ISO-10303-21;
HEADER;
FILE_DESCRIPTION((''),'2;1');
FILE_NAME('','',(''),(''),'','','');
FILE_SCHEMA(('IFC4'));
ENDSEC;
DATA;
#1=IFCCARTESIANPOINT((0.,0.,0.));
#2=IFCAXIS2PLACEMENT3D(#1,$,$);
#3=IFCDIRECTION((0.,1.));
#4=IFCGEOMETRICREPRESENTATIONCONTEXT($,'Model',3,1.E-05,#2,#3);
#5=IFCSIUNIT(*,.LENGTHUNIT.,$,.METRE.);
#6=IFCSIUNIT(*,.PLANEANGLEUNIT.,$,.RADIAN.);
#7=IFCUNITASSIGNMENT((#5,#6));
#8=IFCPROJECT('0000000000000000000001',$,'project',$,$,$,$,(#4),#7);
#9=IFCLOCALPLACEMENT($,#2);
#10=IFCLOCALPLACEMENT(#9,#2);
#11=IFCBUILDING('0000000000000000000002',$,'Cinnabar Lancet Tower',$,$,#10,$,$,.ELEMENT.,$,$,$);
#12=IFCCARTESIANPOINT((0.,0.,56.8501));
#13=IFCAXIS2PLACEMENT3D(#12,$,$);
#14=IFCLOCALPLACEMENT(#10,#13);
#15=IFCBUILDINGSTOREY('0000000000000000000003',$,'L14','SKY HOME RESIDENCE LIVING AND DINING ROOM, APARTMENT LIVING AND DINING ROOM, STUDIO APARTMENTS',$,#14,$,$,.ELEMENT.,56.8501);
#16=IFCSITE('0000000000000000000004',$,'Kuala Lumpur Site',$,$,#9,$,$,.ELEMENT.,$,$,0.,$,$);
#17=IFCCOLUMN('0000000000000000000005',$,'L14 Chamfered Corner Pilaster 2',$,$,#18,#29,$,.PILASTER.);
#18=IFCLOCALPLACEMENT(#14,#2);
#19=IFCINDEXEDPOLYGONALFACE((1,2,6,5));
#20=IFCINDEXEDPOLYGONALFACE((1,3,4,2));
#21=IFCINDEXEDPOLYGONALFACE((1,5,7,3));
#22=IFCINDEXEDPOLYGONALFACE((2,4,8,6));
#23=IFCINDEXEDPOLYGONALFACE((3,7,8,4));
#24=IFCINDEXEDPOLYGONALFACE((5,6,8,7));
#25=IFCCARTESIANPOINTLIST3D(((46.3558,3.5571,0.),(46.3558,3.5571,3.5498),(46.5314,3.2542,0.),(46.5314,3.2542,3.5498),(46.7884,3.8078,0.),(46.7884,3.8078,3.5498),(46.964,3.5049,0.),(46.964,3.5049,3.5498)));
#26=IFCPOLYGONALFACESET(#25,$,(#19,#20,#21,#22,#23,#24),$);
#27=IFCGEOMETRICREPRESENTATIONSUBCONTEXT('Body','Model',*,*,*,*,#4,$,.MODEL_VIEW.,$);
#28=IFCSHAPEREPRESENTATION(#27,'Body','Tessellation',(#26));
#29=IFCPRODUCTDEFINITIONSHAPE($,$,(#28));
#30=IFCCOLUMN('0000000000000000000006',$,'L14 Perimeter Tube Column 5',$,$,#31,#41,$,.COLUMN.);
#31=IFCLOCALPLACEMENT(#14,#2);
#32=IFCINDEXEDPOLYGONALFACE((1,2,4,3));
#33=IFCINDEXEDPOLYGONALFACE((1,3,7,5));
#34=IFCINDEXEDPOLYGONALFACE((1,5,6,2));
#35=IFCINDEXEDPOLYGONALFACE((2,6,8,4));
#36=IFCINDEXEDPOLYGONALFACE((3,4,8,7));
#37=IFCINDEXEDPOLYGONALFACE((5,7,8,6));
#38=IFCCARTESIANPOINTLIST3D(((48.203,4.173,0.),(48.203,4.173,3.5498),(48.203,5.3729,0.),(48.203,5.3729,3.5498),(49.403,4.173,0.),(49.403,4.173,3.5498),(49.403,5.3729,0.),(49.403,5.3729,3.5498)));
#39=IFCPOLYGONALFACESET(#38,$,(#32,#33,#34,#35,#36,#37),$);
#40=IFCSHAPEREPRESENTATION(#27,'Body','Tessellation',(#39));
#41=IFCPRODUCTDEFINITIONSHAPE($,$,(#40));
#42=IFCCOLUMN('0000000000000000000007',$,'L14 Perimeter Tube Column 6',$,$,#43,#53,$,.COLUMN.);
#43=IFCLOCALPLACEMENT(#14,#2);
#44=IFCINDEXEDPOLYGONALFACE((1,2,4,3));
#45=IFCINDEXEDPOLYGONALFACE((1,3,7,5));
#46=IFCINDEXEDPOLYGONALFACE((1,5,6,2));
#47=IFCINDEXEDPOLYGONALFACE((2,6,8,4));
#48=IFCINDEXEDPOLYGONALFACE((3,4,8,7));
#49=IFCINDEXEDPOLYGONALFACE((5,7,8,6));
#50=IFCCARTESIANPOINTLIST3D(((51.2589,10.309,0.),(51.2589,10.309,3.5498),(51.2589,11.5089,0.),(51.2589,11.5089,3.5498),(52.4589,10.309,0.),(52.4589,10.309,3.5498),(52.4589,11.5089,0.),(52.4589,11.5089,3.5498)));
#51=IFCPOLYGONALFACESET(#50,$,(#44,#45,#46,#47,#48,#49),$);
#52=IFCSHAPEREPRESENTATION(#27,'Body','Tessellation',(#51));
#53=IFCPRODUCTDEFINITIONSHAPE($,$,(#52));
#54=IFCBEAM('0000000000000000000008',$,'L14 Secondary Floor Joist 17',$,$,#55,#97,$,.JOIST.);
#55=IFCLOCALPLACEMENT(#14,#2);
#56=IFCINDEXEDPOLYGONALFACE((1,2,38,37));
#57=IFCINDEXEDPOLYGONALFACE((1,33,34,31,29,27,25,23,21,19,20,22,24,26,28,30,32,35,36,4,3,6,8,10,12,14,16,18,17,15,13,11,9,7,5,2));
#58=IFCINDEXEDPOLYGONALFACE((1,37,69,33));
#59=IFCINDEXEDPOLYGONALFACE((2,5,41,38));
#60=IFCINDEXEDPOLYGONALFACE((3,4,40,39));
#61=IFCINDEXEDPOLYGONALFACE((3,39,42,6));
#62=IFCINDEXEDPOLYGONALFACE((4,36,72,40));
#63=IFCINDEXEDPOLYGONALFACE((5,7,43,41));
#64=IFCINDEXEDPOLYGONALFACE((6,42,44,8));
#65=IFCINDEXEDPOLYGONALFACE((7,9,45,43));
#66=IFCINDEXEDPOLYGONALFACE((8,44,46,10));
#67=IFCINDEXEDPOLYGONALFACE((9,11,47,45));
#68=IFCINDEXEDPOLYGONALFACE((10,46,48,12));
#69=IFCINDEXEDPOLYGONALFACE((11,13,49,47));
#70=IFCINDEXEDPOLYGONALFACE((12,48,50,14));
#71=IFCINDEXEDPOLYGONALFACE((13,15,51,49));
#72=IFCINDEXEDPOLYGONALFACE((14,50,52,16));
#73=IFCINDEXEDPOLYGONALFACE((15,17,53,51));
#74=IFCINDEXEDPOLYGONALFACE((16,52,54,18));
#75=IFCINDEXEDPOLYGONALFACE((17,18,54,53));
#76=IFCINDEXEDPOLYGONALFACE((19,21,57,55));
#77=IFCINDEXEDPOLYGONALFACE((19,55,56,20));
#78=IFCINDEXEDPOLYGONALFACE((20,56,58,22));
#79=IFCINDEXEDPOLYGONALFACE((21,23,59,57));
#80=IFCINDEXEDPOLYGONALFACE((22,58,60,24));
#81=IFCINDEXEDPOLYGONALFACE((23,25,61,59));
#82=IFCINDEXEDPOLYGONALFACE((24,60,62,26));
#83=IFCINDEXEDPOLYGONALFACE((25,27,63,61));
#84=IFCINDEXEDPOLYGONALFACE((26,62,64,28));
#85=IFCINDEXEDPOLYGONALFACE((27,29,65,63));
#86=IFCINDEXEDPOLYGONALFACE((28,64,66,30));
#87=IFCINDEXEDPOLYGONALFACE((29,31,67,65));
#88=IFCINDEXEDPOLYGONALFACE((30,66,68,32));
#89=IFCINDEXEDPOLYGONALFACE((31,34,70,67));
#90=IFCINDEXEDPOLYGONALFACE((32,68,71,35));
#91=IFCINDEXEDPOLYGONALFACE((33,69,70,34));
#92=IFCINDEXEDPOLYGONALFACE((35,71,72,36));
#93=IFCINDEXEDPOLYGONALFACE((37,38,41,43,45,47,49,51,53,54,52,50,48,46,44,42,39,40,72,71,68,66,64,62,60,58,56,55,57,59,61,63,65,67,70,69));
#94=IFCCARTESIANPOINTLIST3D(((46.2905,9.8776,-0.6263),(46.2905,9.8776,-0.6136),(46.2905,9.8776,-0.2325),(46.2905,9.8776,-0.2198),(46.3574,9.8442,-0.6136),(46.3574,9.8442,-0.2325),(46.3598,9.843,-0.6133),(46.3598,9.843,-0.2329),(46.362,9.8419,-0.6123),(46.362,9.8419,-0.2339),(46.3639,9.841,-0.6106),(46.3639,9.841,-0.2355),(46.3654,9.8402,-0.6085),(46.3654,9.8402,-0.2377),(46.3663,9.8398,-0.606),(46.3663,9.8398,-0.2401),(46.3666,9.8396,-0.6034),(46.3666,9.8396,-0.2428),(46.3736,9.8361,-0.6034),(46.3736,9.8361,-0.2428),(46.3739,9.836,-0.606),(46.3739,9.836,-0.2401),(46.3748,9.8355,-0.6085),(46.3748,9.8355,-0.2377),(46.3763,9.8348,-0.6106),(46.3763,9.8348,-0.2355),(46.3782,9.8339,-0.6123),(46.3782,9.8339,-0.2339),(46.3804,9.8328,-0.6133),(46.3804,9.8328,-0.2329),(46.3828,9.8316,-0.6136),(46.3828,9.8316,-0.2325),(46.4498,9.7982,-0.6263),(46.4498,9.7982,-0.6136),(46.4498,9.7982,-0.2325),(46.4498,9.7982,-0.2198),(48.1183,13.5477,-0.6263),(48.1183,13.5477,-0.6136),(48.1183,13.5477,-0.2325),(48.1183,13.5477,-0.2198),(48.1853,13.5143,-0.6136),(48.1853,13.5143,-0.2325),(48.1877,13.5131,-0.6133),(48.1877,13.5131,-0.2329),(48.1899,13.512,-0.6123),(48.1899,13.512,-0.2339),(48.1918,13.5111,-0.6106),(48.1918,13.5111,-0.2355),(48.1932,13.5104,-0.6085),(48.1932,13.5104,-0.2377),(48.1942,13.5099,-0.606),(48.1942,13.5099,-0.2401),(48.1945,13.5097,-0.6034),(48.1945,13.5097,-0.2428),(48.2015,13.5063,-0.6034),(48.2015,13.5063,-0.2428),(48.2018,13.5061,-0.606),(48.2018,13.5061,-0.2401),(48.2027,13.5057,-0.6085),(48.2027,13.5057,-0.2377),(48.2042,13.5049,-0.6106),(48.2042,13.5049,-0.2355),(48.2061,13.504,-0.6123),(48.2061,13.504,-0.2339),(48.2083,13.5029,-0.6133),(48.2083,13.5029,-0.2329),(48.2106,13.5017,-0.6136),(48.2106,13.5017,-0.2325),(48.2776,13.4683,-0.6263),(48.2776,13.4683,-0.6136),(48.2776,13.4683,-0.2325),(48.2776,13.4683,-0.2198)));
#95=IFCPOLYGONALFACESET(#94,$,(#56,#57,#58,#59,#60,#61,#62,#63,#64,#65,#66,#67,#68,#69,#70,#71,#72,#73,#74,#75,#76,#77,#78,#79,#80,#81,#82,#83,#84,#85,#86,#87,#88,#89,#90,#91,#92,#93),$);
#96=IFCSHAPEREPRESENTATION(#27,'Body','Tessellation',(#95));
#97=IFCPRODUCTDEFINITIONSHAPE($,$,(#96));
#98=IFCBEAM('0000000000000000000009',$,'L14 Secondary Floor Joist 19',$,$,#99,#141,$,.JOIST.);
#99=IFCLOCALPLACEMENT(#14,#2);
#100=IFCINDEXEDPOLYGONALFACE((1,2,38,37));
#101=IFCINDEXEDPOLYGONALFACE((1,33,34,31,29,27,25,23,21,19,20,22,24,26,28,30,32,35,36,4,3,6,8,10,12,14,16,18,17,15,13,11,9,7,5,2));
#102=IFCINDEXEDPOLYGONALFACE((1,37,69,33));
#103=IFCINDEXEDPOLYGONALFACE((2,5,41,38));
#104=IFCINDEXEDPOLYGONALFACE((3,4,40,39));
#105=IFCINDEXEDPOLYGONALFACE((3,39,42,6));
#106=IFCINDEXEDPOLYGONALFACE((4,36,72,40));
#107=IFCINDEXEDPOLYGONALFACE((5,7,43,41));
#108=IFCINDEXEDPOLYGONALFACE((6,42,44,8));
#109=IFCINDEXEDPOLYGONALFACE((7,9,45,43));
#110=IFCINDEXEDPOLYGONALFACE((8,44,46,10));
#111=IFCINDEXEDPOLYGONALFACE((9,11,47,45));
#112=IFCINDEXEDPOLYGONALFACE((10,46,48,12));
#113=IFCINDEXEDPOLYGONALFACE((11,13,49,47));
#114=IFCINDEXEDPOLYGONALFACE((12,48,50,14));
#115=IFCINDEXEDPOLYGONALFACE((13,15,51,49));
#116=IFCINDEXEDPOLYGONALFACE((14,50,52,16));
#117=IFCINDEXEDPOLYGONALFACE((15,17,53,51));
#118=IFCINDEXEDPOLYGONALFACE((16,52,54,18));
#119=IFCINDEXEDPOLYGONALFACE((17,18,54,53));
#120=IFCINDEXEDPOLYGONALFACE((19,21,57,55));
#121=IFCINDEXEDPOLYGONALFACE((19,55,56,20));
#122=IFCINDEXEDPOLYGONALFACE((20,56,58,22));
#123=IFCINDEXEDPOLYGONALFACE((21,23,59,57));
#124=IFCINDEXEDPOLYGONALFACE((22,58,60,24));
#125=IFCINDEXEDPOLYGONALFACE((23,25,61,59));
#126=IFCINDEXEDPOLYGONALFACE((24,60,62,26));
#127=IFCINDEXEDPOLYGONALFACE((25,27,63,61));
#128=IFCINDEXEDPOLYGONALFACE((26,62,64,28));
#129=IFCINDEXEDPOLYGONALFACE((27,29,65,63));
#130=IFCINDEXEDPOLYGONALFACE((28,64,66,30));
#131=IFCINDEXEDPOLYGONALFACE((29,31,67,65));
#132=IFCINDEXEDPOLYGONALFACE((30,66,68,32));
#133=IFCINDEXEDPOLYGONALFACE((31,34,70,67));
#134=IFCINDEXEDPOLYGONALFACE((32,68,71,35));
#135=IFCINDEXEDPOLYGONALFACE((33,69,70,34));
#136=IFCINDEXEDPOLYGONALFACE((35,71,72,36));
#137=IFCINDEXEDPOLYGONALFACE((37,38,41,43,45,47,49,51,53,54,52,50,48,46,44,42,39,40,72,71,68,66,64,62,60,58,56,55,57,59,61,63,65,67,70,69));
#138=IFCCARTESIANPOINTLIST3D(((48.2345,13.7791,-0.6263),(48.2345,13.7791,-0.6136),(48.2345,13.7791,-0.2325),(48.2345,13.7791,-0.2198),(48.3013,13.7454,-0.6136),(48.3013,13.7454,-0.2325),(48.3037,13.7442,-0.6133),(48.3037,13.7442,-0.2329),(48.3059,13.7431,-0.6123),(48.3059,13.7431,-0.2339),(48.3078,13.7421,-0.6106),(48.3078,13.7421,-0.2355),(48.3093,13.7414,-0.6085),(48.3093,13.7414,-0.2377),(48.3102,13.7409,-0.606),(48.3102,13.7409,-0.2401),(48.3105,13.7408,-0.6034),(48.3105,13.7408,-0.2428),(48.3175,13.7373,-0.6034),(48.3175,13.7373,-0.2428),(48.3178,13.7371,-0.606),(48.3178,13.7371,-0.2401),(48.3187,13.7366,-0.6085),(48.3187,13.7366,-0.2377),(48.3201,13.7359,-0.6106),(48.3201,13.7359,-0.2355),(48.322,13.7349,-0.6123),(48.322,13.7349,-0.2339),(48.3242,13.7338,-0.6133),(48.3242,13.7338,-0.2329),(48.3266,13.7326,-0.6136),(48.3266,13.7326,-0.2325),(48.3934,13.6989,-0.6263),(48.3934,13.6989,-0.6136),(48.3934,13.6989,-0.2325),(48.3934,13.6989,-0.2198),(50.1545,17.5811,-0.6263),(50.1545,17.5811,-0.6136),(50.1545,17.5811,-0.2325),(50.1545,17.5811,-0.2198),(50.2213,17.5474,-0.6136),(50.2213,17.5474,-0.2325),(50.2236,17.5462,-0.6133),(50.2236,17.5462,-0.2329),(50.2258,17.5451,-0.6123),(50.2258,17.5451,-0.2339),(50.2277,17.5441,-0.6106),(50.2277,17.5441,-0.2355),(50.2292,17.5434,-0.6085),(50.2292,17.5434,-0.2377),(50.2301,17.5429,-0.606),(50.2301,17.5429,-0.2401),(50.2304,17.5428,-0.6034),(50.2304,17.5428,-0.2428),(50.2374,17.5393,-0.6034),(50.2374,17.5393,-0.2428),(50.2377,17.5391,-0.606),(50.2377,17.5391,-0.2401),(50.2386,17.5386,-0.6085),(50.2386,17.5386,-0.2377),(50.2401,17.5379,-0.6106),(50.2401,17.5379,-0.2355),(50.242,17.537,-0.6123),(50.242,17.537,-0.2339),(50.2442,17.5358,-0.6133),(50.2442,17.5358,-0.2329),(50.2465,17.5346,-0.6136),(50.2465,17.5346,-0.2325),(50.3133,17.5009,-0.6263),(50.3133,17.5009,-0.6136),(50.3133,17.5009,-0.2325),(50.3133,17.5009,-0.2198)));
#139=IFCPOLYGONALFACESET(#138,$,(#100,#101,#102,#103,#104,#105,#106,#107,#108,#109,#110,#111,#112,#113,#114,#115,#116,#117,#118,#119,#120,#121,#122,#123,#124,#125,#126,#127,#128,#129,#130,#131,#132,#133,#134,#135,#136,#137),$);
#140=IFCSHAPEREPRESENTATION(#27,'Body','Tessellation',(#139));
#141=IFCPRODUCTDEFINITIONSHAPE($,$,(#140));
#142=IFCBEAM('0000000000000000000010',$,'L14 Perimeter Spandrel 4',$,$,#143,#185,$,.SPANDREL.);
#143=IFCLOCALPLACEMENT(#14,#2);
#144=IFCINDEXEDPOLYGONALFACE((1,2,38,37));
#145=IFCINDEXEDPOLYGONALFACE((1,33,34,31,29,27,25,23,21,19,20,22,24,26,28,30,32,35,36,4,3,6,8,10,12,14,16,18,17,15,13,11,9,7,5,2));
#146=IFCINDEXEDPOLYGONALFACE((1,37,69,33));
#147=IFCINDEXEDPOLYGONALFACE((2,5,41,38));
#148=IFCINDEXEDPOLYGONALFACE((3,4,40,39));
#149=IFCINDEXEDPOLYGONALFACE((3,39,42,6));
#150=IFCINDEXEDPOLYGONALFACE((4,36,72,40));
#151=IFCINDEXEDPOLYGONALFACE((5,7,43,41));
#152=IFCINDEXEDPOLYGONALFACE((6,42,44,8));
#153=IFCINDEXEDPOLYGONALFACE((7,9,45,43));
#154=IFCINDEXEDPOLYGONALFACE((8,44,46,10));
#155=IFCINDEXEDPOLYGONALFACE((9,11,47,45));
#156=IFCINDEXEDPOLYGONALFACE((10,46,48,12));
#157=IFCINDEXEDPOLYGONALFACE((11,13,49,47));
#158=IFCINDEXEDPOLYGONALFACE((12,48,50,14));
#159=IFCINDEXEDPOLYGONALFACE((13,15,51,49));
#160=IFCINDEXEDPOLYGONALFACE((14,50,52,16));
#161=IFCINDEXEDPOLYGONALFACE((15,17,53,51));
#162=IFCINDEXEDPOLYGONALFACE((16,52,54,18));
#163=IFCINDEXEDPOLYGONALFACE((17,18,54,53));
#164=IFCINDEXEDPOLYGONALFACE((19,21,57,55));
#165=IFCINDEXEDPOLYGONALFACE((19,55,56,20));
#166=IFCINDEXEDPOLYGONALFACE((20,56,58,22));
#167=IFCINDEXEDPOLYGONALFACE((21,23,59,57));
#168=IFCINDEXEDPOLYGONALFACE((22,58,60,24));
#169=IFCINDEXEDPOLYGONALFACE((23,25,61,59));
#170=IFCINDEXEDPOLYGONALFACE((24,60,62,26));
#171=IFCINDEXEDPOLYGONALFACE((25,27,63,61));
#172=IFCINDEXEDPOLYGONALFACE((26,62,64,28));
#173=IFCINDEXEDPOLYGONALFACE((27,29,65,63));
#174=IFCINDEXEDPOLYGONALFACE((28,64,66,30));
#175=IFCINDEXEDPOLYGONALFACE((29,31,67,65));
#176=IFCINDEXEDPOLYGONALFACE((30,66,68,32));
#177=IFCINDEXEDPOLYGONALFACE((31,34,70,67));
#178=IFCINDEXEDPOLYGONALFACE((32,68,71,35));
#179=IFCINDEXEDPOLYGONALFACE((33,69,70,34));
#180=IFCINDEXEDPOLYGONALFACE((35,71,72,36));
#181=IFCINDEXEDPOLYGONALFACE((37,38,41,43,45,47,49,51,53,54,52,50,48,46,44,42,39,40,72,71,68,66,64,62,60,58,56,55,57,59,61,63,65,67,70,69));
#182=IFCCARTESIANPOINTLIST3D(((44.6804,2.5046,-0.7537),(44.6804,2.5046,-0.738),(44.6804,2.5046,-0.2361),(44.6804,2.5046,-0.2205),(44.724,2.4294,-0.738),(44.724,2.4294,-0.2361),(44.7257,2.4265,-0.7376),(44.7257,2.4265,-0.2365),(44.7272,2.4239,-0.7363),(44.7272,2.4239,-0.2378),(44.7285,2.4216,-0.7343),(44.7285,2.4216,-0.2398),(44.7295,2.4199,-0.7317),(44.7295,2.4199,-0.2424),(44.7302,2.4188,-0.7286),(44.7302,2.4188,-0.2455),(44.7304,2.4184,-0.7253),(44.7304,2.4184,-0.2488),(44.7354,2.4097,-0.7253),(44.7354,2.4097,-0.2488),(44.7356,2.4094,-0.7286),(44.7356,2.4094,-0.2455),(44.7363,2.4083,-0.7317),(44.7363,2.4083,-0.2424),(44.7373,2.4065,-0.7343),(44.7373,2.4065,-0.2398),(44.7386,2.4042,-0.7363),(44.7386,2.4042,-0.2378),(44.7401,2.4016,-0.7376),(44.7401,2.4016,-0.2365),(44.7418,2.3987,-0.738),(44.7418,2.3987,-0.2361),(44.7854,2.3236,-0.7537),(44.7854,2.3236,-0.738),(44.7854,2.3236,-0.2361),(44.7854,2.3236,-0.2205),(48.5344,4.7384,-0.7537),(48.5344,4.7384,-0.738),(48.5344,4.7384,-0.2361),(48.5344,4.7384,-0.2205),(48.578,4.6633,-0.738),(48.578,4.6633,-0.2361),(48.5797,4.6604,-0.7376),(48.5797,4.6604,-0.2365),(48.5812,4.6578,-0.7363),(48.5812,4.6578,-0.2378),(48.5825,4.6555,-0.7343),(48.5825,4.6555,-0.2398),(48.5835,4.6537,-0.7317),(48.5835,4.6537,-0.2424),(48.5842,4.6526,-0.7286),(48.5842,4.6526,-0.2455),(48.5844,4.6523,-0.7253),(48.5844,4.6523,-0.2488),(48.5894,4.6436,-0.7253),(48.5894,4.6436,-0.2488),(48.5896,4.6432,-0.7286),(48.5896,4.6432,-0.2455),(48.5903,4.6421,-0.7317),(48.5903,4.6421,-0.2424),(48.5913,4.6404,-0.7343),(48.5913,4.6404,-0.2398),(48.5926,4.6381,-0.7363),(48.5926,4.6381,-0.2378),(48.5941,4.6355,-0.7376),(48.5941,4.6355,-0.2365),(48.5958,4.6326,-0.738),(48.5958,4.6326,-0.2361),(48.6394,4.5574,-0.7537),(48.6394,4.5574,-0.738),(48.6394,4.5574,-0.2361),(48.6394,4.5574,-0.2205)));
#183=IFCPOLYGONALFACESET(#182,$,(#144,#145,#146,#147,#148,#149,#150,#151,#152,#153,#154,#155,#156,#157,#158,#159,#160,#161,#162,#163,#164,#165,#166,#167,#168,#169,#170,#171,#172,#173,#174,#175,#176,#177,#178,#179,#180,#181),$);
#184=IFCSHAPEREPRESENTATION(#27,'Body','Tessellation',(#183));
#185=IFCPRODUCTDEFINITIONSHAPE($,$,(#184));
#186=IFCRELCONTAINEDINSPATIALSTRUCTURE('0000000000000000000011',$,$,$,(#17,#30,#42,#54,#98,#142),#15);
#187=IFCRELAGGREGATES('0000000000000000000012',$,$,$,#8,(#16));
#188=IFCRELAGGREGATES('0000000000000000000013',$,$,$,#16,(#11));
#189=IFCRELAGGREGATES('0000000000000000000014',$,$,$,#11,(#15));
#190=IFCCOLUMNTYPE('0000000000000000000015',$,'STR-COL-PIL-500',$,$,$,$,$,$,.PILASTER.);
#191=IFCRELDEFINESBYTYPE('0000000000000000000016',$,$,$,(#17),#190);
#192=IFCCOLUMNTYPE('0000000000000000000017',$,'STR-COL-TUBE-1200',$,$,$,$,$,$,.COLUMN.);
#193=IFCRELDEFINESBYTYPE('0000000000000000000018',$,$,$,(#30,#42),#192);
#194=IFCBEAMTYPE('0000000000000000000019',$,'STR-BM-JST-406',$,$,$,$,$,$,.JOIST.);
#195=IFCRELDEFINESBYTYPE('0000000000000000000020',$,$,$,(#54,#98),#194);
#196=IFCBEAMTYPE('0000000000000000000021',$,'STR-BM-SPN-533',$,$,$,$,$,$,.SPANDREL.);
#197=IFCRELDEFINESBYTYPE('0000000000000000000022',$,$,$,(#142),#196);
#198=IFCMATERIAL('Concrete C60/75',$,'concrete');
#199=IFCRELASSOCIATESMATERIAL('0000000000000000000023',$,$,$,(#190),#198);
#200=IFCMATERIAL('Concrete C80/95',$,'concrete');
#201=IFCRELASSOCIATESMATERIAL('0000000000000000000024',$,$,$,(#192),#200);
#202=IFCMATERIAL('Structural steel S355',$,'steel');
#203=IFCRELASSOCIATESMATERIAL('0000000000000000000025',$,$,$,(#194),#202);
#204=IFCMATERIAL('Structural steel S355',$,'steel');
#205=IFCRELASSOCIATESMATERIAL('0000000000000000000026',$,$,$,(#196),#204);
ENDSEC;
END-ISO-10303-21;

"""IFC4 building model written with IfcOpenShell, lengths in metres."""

from ifc_helpers import new_model, si_unit, direction, frame, origin, origin_2d, place, context, subcontext, project, spatial, rectangle, i_section, extrude, material, material_profile, profile_set, type_object, element, save


model = new_model("IFC4")

# Units and contexts
model_context = context("Model", 3, precision=1e-05, world=origin(), true_north=direction((0.0, 1.0)))
body_context = subcontext(model_context, "Body", "Model", "MODEL_VIEW")
ifc_project = project(units=[si_unit("LENGTHUNIT", "METRE"), si_unit("PLANEANGLEUNIT", "RADIAN")], contexts=[model_context])

# Site, building, storey
site_placement = place(None, origin())
site = spatial("IfcSite", under=ifc_project, at=site_placement, Name="Kuala Lumpur Site", CompositionType="ELEMENT", RefElevation=0.0)
building_placement = place(site_placement, origin())
building = spatial("IfcBuilding", under=site, at=building_placement, Name="Cinnabar Lancet Tower", CompositionType="ELEMENT")
storey_placement = place(building_placement, frame((0.0, 0.0, 56.8501)))
storey = spatial("IfcBuildingStorey", under=building, at=storey_placement, Name="L14", Description="SKY HOME RESIDENCE LIVING AND DINING ROOM, APARTMENT LIVING AND DINING ROOM, STUDIO APARTMENTS", CompositionType="ELEMENT", Elevation=56.8501)

# Columns
ifc_material_1 = material(Name="Concrete C60/75", Category="concrete")
ifc_material_profile_1 = material_profile(ifc_material_1, rectangle(XDim=0.5, YDim=0.3501, at=origin_2d()), Name="RC-PIL 500x350")
ifc_profile_set_1 = profile_set([ifc_material_profile_1], Name="Concrete C60/75")
column_type_1 = type_object("IfcColumnType", Name="STR-COL-PIL-500", PredefinedType="PILASTER", material=ifc_profile_set_1)
column_placement = place(storey_placement, frame((46.6599, 3.531, 0.0), z_axis=(0.0, 0.0, 1.0), x_axis=(0.865195, 0.501435, 0.0)))
element("IfcColumn", 1, at=column_placement, inside=storey, type_object=column_type_1, Name="L14 Chamfered Corner Pilaster 2", PredefinedType="PILASTER", context=body_context, shape_type="SweptSolid", body=[
    extrude(rectangle(XDim=0.5, YDim=0.3501, at=origin_2d()), origin(), (0.0, 0.0, 1.0), 3.5498),
])
ifc_material_2 = material(Name="Concrete C80/95", Category="concrete")
ifc_material_profile_2 = material_profile(ifc_material_2, rectangle(XDim=1.2, YDim=1.2, at=origin_2d()), Name="RC-COL 1200x1200")
ifc_profile_set_2 = profile_set([ifc_material_profile_2], Name="Concrete C80/95")
column_type_2 = type_object("IfcColumnType", Name="STR-COL-TUBE-1200", PredefinedType="COLUMN", material=ifc_profile_set_2)
for number, where, z_axis, x_axis, name in (
    (2, (48.803, 4.7729, 0.0), (0.0, 0.0, 1.0), (1.0, 0.0, 0.0), "L14 Perimeter Tube Column 5"),
    (3, (51.8589, 10.9089, 0.0), (0.0, 0.0, 1.0), (1.0, 0.0, 0.0), "L14 Perimeter Tube Column 6"),
):
    element("IfcColumn", number, at=place(storey_placement, frame(where, z_axis=z_axis, x_axis=x_axis)), inside=storey, type_object=column_type_2, Name=name, PredefinedType="COLUMN", context=body_context, shape_type="SweptSolid", body=[
        extrude(rectangle(XDim=1.2, YDim=1.2, at=origin_2d()), origin(), (0.0, 0.0, 1.0), 3.5498),
    ])

# Beams
ifc_material_3 = material(Name="Structural steel S355", Category="steel")
ifc_material_profile_3 = material_profile(ifc_material_3, i_section(OverallWidth=0.178, OverallDepth=0.4065, WebThickness=0.0078, FlangeThickness=0.0127, FilletRadius=0.0103, at=origin_2d()), Name="UKB 406x178x60")
ifc_profile_set_3 = profile_set([ifc_material_profile_3], Name="Structural steel S355")
beam_type_1 = type_object("IfcBeamType", Name="STR-BM-JST-406", PredefinedType="JOIST", material=ifc_profile_set_3)
beam_1_placement = place(storey_placement, frame((46.3701, 9.8379, -0.4231), z_axis=(0.445808, 0.895129, 0.0), x_axis=(-0.895129, 0.445808, 0.0)))
element("IfcBeam", 4, at=beam_1_placement, inside=storey, type_object=beam_type_1, Name="L14 Secondary Floor Joist 17", PredefinedType="JOIST", context=body_context, shape_type="SweptSolid", body=[
    extrude(i_section(OverallWidth=0.178, OverallDepth=0.4065, WebThickness=0.0078, FlangeThickness=0.0127, FilletRadius=0.0103, at=origin_2d()), origin(), (0.0, 0.0, 1.0), 4.1001),
])
beam_2_placement = place(storey_placement, frame((48.314, 13.739, -0.4231), z_axis=(0.450764, 0.892643, 0.0), x_axis=(-0.892643, 0.450764, 0.0)))
element("IfcBeam", 5, at=beam_2_placement, inside=storey, type_object=beam_type_1, Name="L14 Secondary Floor Joist 19", PredefinedType="JOIST", context=body_context, shape_type="SweptSolid", body=[
    extrude(i_section(OverallWidth=0.178, OverallDepth=0.4065, WebThickness=0.0078, FlangeThickness=0.0127, FilletRadius=0.0103, at=origin_2d()), origin(), (0.0, 0.0, 1.0), 4.2593),
])
ifc_material_4 = material(Name="Structural steel S355", Category="steel")
ifc_material_profile_4 = material_profile(ifc_material_4, i_section(OverallWidth=0.2092, OverallDepth=0.5332, WebThickness=0.01, FlangeThickness=0.0156, FilletRadius=0.0127, at=origin_2d()), Name="UKB 533x210x92")
ifc_profile_set_4 = profile_set([ifc_material_profile_4], Name="Structural steel S355")
beam_type_2 = type_object("IfcBeamType", Name="STR-BM-SPN-533", PredefinedType="SPANDREL", material=ifc_profile_set_4)
beam_3_placement = place(storey_placement, frame((44.7329, 2.4141, -0.4871), z_axis=(0.865171, 0.501477, 0.0), x_axis=(-0.501477, 0.865171, 0.0)))
element("IfcBeam", 6, at=beam_3_placement, inside=storey, type_object=beam_type_2, Name="L14 Perimeter Spandrel 4", PredefinedType="SPANDREL", context=body_context, shape_type="SweptSolid", body=[
    extrude(i_section(OverallWidth=0.2092, OverallDepth=0.5332, WebThickness=0.01, FlangeThickness=0.0156, FilletRadius=0.0127, at=origin_2d()), origin(), (0.0, 0.0, 1.0), 4.4546),
])

save(model, "model.ifc")
